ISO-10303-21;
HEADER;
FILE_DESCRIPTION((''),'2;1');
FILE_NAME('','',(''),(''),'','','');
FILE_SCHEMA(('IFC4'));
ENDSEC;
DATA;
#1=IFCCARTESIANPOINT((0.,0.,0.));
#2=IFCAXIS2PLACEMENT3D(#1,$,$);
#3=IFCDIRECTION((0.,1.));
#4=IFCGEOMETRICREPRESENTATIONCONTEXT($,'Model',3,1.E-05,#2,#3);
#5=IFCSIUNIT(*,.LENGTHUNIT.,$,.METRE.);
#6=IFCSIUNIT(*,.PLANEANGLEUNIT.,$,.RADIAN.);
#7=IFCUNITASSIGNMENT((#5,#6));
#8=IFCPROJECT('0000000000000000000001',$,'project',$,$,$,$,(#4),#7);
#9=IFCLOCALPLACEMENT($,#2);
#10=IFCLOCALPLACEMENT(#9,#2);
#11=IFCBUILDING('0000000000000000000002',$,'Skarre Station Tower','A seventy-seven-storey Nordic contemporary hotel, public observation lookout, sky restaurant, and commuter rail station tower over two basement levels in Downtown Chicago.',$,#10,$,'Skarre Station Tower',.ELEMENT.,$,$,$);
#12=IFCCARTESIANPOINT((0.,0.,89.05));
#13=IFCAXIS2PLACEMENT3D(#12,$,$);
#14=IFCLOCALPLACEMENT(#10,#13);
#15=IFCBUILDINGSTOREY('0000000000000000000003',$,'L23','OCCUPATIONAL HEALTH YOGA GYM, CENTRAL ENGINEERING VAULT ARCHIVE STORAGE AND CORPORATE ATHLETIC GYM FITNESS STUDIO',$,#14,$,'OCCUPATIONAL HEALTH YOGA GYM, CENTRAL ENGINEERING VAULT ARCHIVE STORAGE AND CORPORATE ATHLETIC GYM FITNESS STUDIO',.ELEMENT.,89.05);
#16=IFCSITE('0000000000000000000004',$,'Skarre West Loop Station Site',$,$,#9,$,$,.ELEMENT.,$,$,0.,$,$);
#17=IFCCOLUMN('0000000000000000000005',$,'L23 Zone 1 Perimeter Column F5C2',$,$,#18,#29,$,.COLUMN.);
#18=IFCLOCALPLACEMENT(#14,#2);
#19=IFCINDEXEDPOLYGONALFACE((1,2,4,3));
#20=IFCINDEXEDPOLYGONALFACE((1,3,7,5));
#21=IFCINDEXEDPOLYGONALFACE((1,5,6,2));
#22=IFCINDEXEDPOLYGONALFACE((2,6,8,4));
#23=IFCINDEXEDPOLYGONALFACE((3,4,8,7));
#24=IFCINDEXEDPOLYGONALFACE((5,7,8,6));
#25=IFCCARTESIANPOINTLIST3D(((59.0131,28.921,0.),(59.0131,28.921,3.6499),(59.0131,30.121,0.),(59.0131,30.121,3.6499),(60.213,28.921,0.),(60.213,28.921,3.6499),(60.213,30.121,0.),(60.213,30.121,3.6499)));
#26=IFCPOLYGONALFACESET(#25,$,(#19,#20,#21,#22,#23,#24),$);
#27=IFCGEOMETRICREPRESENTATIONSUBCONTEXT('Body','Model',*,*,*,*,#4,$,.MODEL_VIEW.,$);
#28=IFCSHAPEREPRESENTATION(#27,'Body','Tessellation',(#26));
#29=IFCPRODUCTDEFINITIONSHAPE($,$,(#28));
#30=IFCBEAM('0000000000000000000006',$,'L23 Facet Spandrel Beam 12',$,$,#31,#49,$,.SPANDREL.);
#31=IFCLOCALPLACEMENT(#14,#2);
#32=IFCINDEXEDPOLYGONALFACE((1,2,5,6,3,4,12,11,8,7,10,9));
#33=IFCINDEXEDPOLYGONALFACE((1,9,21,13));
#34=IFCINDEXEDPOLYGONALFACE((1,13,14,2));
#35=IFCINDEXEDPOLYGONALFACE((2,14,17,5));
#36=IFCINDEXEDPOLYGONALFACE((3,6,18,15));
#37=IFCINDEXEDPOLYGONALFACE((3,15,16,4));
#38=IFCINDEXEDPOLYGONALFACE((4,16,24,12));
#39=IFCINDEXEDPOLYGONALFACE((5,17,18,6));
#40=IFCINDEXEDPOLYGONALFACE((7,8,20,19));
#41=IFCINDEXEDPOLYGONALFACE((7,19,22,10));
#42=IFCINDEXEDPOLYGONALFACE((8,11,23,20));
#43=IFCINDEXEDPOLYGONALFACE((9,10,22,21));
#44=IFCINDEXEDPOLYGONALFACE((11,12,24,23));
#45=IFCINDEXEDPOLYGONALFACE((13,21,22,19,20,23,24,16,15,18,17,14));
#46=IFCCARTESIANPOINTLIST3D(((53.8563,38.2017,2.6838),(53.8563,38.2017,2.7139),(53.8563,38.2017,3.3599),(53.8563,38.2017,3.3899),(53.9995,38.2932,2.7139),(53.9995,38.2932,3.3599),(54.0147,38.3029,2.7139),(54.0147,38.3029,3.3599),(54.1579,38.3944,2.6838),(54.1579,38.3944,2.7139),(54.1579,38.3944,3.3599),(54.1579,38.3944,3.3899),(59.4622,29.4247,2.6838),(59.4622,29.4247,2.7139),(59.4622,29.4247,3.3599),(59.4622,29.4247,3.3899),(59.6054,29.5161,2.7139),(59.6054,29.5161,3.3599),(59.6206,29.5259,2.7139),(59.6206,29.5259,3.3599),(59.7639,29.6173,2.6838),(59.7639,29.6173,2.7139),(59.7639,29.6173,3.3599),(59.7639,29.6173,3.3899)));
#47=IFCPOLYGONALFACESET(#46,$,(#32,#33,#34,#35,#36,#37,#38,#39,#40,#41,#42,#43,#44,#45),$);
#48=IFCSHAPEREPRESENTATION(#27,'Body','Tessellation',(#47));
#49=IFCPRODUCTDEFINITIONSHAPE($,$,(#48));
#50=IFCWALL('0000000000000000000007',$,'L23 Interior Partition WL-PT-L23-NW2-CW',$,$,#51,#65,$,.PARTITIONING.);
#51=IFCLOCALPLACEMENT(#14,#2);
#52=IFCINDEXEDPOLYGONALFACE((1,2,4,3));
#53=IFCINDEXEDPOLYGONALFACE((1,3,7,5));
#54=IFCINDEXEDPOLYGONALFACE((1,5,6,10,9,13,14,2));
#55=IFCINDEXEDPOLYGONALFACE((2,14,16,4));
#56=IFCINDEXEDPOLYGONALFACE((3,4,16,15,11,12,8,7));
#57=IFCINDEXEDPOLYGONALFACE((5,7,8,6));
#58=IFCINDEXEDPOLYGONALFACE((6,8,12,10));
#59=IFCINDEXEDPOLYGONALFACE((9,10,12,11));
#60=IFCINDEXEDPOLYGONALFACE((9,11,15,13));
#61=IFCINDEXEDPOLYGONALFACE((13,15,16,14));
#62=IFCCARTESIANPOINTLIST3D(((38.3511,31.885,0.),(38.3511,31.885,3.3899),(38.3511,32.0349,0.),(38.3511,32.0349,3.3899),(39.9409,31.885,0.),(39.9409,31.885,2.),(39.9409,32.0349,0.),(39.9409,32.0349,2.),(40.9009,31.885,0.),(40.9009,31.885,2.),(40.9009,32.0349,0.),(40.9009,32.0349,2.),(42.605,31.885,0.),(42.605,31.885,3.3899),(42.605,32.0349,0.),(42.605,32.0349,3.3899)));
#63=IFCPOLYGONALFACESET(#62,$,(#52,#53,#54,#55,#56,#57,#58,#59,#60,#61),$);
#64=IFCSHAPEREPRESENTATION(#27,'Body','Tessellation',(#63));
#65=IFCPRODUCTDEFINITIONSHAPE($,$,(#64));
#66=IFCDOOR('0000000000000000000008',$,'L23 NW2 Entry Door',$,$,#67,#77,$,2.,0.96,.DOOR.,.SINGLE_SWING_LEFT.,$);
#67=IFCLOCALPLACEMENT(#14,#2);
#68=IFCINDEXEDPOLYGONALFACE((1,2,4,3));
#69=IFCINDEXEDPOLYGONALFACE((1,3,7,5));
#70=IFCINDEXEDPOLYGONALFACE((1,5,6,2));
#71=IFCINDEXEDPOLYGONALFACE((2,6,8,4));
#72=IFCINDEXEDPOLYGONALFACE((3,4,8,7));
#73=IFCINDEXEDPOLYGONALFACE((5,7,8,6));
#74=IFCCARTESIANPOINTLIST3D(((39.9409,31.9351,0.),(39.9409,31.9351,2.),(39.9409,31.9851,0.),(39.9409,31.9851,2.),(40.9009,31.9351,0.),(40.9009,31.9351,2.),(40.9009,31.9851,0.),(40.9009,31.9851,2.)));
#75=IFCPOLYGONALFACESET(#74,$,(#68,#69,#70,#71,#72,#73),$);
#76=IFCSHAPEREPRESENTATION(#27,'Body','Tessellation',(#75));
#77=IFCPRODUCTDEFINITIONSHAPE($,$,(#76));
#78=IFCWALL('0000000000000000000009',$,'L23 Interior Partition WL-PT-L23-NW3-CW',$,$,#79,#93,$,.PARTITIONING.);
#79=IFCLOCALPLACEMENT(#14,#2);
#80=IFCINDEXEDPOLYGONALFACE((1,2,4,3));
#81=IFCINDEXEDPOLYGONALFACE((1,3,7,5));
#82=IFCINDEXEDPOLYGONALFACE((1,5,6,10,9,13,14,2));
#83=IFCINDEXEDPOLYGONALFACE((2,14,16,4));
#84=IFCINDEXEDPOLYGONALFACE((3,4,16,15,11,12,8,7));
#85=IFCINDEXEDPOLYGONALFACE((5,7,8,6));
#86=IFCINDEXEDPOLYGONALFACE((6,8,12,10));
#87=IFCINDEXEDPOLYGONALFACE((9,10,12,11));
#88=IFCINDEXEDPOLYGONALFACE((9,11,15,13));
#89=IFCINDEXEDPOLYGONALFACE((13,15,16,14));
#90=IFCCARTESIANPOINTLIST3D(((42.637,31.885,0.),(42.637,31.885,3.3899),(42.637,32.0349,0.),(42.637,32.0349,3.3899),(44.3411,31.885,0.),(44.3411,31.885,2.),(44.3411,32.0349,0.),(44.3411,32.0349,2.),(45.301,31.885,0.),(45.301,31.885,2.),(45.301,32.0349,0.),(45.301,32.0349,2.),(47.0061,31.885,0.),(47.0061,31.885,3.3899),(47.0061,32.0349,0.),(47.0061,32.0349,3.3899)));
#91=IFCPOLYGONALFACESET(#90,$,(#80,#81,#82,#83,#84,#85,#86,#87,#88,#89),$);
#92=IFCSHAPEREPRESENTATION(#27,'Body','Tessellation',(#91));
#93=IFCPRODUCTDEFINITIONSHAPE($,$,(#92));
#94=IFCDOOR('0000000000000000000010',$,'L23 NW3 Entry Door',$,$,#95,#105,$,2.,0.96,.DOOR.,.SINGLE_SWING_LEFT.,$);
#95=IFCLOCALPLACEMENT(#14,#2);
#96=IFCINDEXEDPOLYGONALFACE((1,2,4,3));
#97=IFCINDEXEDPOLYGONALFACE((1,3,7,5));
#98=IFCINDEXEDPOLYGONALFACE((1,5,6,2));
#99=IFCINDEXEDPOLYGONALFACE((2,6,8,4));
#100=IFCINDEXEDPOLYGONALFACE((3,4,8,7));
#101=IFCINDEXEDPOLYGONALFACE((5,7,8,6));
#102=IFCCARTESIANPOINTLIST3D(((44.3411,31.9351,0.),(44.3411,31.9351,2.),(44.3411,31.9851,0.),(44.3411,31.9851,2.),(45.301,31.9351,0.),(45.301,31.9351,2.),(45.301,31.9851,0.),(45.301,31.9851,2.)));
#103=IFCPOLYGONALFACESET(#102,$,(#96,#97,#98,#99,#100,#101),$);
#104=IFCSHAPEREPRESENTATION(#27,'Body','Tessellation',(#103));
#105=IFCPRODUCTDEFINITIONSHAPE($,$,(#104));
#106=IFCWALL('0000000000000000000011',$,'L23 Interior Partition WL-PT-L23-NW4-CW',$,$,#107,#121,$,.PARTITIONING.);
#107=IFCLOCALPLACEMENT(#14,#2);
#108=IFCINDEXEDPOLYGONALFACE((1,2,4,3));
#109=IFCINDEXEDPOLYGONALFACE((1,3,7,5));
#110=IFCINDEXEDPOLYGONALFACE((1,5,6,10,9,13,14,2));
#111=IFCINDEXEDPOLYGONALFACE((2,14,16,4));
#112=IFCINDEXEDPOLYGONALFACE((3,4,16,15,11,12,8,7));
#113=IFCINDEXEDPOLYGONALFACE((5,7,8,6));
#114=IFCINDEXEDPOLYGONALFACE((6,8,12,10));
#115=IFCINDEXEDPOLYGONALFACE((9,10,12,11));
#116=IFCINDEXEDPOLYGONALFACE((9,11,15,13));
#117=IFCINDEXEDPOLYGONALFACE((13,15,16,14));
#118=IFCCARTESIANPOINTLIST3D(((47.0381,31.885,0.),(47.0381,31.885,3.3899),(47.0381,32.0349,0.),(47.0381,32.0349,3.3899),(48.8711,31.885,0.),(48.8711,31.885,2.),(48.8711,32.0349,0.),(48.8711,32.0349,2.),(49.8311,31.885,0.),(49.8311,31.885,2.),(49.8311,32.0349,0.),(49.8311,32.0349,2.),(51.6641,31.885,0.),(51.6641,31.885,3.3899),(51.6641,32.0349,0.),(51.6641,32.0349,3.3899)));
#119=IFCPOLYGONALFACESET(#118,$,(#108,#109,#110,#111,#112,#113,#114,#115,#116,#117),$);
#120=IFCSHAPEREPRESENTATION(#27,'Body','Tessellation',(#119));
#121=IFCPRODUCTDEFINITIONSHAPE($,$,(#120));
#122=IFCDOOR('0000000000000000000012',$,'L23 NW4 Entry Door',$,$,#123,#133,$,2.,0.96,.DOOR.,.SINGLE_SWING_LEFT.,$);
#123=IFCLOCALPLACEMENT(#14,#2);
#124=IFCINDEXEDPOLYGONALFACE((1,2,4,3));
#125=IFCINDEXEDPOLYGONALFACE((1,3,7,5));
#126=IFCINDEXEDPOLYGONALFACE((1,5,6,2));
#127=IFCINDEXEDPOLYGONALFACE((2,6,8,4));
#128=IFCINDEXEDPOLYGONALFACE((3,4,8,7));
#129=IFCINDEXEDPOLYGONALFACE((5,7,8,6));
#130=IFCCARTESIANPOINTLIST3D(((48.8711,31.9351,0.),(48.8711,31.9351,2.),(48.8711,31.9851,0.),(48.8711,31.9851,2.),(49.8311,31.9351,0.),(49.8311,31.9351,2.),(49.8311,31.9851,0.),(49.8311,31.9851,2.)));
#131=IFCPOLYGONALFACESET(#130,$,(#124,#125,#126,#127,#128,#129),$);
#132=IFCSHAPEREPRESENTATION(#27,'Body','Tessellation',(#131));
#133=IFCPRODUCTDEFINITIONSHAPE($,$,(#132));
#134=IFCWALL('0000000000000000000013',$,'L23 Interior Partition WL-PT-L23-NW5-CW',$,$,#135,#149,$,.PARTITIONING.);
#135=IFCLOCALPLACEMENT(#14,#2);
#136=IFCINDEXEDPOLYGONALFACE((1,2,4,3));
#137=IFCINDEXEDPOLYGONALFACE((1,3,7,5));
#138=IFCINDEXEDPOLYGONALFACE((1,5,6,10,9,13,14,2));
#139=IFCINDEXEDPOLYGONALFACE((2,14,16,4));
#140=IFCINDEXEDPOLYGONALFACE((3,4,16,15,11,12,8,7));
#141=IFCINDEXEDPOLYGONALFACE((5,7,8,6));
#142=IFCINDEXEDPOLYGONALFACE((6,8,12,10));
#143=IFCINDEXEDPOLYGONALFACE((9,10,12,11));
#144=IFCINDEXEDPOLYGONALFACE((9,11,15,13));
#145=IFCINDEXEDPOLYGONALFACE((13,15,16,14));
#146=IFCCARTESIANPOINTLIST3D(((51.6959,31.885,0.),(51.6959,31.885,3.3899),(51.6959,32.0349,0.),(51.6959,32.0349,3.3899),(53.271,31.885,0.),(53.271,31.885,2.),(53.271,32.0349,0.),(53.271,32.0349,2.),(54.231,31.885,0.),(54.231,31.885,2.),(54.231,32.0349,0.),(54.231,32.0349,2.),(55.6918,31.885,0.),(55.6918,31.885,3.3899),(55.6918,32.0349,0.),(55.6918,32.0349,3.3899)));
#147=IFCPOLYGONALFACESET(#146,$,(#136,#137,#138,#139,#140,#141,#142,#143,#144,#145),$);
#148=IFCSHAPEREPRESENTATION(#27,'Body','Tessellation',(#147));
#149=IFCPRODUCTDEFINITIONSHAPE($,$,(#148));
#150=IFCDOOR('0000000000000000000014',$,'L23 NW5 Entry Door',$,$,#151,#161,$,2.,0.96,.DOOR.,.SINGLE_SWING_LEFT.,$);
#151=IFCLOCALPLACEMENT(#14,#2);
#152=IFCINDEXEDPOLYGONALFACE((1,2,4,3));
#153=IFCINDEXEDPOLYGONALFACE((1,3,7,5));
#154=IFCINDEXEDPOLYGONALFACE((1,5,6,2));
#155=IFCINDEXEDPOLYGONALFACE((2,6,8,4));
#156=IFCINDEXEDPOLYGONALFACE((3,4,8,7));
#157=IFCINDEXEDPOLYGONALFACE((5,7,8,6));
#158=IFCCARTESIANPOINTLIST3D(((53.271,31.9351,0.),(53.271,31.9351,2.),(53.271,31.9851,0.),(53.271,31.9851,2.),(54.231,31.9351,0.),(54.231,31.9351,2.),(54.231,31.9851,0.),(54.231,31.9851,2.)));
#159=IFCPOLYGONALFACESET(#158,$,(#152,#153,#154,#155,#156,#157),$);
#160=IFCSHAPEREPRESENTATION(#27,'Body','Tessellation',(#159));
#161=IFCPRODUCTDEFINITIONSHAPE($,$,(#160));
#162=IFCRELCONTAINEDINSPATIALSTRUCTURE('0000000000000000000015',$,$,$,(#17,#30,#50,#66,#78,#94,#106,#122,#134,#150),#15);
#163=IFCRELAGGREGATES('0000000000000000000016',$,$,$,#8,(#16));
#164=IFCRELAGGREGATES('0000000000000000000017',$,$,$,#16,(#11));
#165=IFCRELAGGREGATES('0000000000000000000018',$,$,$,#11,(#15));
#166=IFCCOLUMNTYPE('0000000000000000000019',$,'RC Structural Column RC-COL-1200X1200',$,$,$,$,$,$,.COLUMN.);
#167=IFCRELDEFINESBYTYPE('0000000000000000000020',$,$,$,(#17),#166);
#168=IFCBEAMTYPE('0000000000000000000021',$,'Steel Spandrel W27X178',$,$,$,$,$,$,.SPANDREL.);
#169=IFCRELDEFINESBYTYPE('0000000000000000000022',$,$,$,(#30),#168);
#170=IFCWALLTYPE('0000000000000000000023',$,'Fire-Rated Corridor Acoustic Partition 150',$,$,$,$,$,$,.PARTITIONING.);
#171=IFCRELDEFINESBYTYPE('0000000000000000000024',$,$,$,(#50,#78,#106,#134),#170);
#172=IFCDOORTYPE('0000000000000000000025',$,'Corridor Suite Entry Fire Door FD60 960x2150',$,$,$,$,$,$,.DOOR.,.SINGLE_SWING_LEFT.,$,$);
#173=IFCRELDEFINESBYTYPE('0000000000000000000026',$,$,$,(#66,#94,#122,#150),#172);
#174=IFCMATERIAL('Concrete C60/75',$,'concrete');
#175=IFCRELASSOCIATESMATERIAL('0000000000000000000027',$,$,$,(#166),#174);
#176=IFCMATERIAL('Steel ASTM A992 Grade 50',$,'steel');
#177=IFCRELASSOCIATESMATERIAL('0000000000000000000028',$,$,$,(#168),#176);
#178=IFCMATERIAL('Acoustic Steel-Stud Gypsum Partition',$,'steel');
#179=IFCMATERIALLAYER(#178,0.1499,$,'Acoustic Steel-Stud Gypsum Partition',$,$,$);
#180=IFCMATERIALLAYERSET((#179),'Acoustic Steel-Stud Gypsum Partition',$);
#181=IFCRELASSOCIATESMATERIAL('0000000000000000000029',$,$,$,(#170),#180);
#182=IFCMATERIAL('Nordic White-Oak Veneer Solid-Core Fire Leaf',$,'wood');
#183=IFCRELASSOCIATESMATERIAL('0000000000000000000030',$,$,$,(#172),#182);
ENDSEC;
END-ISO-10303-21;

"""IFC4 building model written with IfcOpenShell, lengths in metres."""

from ifc_helpers import new_model, si_unit, direction, frame, frame_2d, origin, origin_2d, place, context, subcontext, project, spatial, rectangle, i_section, extrude, material, layer, layer_set, material_profile, profile_set, type_object, element, fill, save


model = new_model("IFC4")

# Units and contexts
model_context = context("Model", 3, precision=1e-05, world=origin(), true_north=direction((0.0, 1.0)))
body_context = subcontext(model_context, "Body", "Model", "MODEL_VIEW")
ifc_project = project(units=[si_unit("LENGTHUNIT", "METRE"), si_unit("PLANEANGLEUNIT", "RADIAN")], contexts=[model_context])

# Site, building, storey
site_placement = place(None, origin())
site = spatial("IfcSite", under=ifc_project, at=site_placement, Name="Skarre West Loop Station Site", CompositionType="ELEMENT", RefElevation=0.0)
building_placement = place(site_placement, origin())
building = spatial("IfcBuilding", under=site, at=building_placement, Name="Skarre Station Tower", Description="A seventy-seven-storey Nordic contemporary hotel, public observation lookout, sky restaurant, and commuter rail station tower over two basement levels in Downtown Chicago.", LongName="Skarre Station Tower", CompositionType="ELEMENT")
storey_placement = place(building_placement, frame((0.0, 0.0, 89.05)))
storey = spatial("IfcBuildingStorey", under=building, at=storey_placement, Name="L23", Description="OCCUPATIONAL HEALTH YOGA GYM, CENTRAL ENGINEERING VAULT ARCHIVE STORAGE AND CORPORATE ATHLETIC GYM FITNESS STUDIO", LongName="OCCUPATIONAL HEALTH YOGA GYM, CENTRAL ENGINEERING VAULT ARCHIVE STORAGE AND CORPORATE ATHLETIC GYM FITNESS STUDIO", CompositionType="ELEMENT", Elevation=89.05)

# Column
ifc_material_1 = material(Name="Concrete C60/75", Category="concrete")
ifc_material_profile_1 = material_profile(ifc_material_1, rectangle(XDim=1.2, YDim=1.2, at=origin_2d()), Name="Concrete C60/75")
ifc_profile_set_1 = profile_set([ifc_material_profile_1], Name="Concrete C60/75")
column_type = type_object("IfcColumnType", Name="RC Structural Column RC-COL-1200X1200", PredefinedType="COLUMN", material=ifc_profile_set_1)
column_placement = place(storey_placement, frame((59.613, 29.521, 0.0), z_axis=(0.0, 0.0, 1.0), x_axis=(1.0, 0.0, 0.0)))
element("IfcColumn", 1, at=column_placement, inside=storey, type_object=column_type, Name="L23 Zone 1 Perimeter Column F5C2", PredefinedType="COLUMN", context=body_context, shape_type="SweptSolid", body=[
    extrude(rectangle(XDim=1.2, YDim=1.2, at=origin_2d()), origin(), (0.0, 0.0, 1.0), 3.6499),
])

# Beam
ifc_material_2 = material(Name="Steel ASTM A992 Grade 50", Category="steel")
ifc_material_profile_2 = material_profile(ifc_material_2, i_section(OverallWidth=0.3579, OverallDepth=0.7061, WebThickness=0.0181, FlangeThickness=0.03, at=origin_2d()), Name="Steel ASTM A992 Grade 50")
ifc_profile_set_2 = profile_set([ifc_material_profile_2], Name="Steel ASTM A992 Grade 50")
beam_type = type_object("IfcBeamType", Name="Steel Spandrel W27X178", PredefinedType="SPANDREL", material=ifc_profile_set_2)
beam_placement = place(storey_placement, frame((59.613, 29.521, 3.0369), z_axis=(-0.538278, 0.842767, 0.0), x_axis=(-0.842767, -0.538278, 0.0)))
element("IfcBeam", 2, at=beam_placement, inside=storey, type_object=beam_type, Name="L23 Facet Spandrel Beam 12", PredefinedType="SPANDREL", context=body_context, shape_type="SweptSolid", body=[
    extrude(i_section(OverallWidth=0.3579, OverallDepth=0.7061, WebThickness=0.0181, FlangeThickness=0.03, at=origin_2d()), origin(), (0.0, 0.0, 1.0), 10.4146),
])

# Walls, openings, doors
ifc_material_3 = material(Name="Acoustic Steel-Stud Gypsum Partition", Category="steel")
ifc_layer_1 = layer(ifc_material_3, 0.1499, Name="Acoustic Steel-Stud Gypsum Partition")
ifc_layer_set_1 = layer_set([ifc_layer_1], Name="Acoustic Steel-Stud Gypsum Partition")
wall_type_1 = type_object("IfcWallType", Name="Fire-Rated Corridor Acoustic Partition 150", PredefinedType="PARTITIONING", material=ifc_layer_set_1)
wall_1_placement = place(storey_placement, frame((42.605, 31.96, 0.0), z_axis=(0.0, 0.0, 1.0), x_axis=(-1.0, 0.0, 0.0)))
wall_1 = element("IfcWall", 3, at=wall_1_placement, inside=storey, type_object=wall_type_1, Name="L23 Interior Partition WL-PT-L23-NW2-CW", PredefinedType="PARTITIONING", context=body_context, shape_type="SweptSolid", body=[
    extrude(rectangle(XDim=4.2539, YDim=0.1499, at=frame_2d((2.127, 0.0))), origin(), (0.0, 0.0, 1.0), 3.3899),
])
opening_1_placement = place(wall_1_placement, frame((1.7041, 0.0, 0.0)))
opening_1 = element("IfcOpeningElement", 4, at=opening_1_placement, cuts=wall_1, PredefinedType="OPENING", context=body_context, shape_type="SweptSolid", body=[
    extrude(rectangle(XDim=0.96, YDim=2.0, at=frame_2d((0.48, 1.0))), frame((0.0, 0.085, 0.0), z_axis=(0.0, -1.0, 0.0), x_axis=(1.0, 0.0, 0.0)), (0.0, 0.0, 1.0), 0.1699),
])
ifc_material_4 = material(Name="Nordic White-Oak Veneer Solid-Core Fire Leaf", Category="wood")
door_type_1 = type_object("IfcDoorType", Name="Corridor Suite Entry Fire Door FD60 960x2150", OperationType="SINGLE_SWING_LEFT", PredefinedType="DOOR", material=ifc_material_4)
door_1_placement = place(opening_1_placement, origin())
door_1 = element("IfcDoor", 5, at=door_1_placement, inside=storey, type_object=door_type_1, Name="L23 NW2 Entry Door", OperationType="SINGLE_SWING_LEFT", OverallHeight=2.0, OverallWidth=0.96, PredefinedType="DOOR", context=body_context, shape_type="SweptSolid", body=[
    extrude(rectangle(XDim=0.96, YDim=2.0, at=frame_2d((0.48, 1.0))), frame((0.0, 0.0249, 0.0), z_axis=(0.0, -1.0, 0.0), x_axis=(1.0, 0.0, 0.0)), (0.0, 0.0, 1.0), 0.05),
])
fill(opening_1, door_1)
wall_2_placement = place(storey_placement, frame((47.0061, 31.96, 0.0), z_axis=(0.0, 0.0, 1.0), x_axis=(-1.0, 0.0, 0.0)))
wall_2 = element("IfcWall", 6, at=wall_2_placement, inside=storey, type_object=wall_type_1, Name="L23 Interior Partition WL-PT-L23-NW3-CW", PredefinedType="PARTITIONING", context=body_context, shape_type="SweptSolid", body=[
    extrude(rectangle(XDim=4.3691, YDim=0.1499, at=frame_2d((2.1846, 0.0))), origin(), (0.0, 0.0, 1.0), 3.3899),
])
opening_2_placement = place(wall_2_placement, frame((1.7051, 0.0, 0.0)))
opening_2 = element("IfcOpeningElement", 7, at=opening_2_placement, cuts=wall_2, PredefinedType="OPENING", context=body_context, shape_type="SweptSolid", body=[
    extrude(rectangle(XDim=0.96, YDim=2.0, at=frame_2d((0.48, 1.0))), frame((0.0, 0.085, 0.0), z_axis=(0.0, -1.0, 0.0), x_axis=(1.0, 0.0, 0.0)), (0.0, 0.0, 1.0), 0.1699),
])
door_2_placement = place(opening_2_placement, origin())
door_2 = element("IfcDoor", 8, at=door_2_placement, inside=storey, type_object=door_type_1, Name="L23 NW3 Entry Door", OperationType="SINGLE_SWING_LEFT", OverallHeight=2.0, OverallWidth=0.96, PredefinedType="DOOR", context=body_context, shape_type="SweptSolid", body=[
    extrude(rectangle(XDim=0.96, YDim=2.0, at=frame_2d((0.48, 1.0))), frame((0.0, 0.0249, 0.0), z_axis=(0.0, -1.0, 0.0), x_axis=(1.0, 0.0, 0.0)), (0.0, 0.0, 1.0), 0.05),
])
fill(opening_2, door_2)
wall_3_placement = place(storey_placement, frame((51.6641, 31.96, 0.0), z_axis=(0.0, 0.0, 1.0), x_axis=(-1.0, 0.0, 0.0)))
wall_3 = element("IfcWall", 9, at=wall_3_placement, inside=storey, type_object=wall_type_1, Name="L23 Interior Partition WL-PT-L23-NW4-CW", PredefinedType="PARTITIONING", context=body_context, shape_type="SweptSolid", body=[
    extrude(rectangle(XDim=4.626, YDim=0.1499, at=frame_2d((2.313, 0.0))), origin(), (0.0, 0.0, 1.0), 3.3899),
])
opening_3_placement = place(wall_3_placement, frame((1.833, 0.0, 0.0)))
opening_3 = element("IfcOpeningElement", 10, at=opening_3_placement, cuts=wall_3, PredefinedType="OPENING", context=body_context, shape_type="SweptSolid", body=[
    extrude(rectangle(XDim=0.96, YDim=2.0, at=frame_2d((0.48, 1.0))), frame((0.0, 0.085, 0.0), z_axis=(0.0, -1.0, 0.0), x_axis=(1.0, 0.0, 0.0)), (0.0, 0.0, 1.0), 0.1699),
])
door_3_placement = place(opening_3_placement, origin())
door_3 = element("IfcDoor", 11, at=door_3_placement, inside=storey, type_object=door_type_1, Name="L23 NW4 Entry Door", OperationType="SINGLE_SWING_LEFT", OverallHeight=2.0, OverallWidth=0.96, PredefinedType="DOOR", context=body_context, shape_type="SweptSolid", body=[
    extrude(rectangle(XDim=0.96, YDim=2.0, at=frame_2d((0.48, 1.0))), frame((0.0, 0.0249, 0.0), z_axis=(0.0, -1.0, 0.0), x_axis=(1.0, 0.0, 0.0)), (0.0, 0.0, 1.0), 0.05),
])
fill(opening_3, door_3)
wall_4_placement = place(storey_placement, frame((55.6919, 31.96, 0.0), z_axis=(0.0, 0.0, 1.0), x_axis=(-1.0, 0.0, 0.0)))
wall_4 = element("IfcWall", 12, at=wall_4_placement, inside=storey, type_object=wall_type_1, Name="L23 Interior Partition WL-PT-L23-NW5-CW", PredefinedType="PARTITIONING", context=body_context, shape_type="SweptSolid", body=[
    extrude(rectangle(XDim=3.9958, YDim=0.1499, at=frame_2d((1.998, 0.0))), origin(), (0.0, 0.0, 1.0), 3.3899),
])
opening_4_placement = place(wall_4_placement, frame((1.4609, 0.0, 0.0)))
opening_4 = element("IfcOpeningElement", 13, at=opening_4_placement, cuts=wall_4, PredefinedType="OPENING", context=body_context, shape_type="SweptSolid", body=[
    extrude(rectangle(XDim=0.96, YDim=2.0, at=frame_2d((0.48, 1.0))), frame((0.0, 0.085, 0.0), z_axis=(0.0, -1.0, 0.0), x_axis=(1.0, 0.0, 0.0)), (0.0, 0.0, 1.0), 0.1699),
])
door_4_placement = place(opening_4_placement, origin())
door_4 = element("IfcDoor", 14, at=door_4_placement, inside=storey, type_object=door_type_1, Name="L23 NW5 Entry Door", OperationType="SINGLE_SWING_LEFT", OverallHeight=2.0, OverallWidth=0.96, PredefinedType="DOOR", context=body_context, shape_type="SweptSolid", body=[
    extrude(rectangle(XDim=0.96, YDim=2.0, at=frame_2d((0.48, 1.0))), frame((0.0, 0.0249, 0.0), z_axis=(0.0, -1.0, 0.0), x_axis=(1.0, 0.0, 0.0)), (0.0, 0.0, 1.0), 0.05),
])
fill(opening_4, door_4)

save(model, "model.ifc")
